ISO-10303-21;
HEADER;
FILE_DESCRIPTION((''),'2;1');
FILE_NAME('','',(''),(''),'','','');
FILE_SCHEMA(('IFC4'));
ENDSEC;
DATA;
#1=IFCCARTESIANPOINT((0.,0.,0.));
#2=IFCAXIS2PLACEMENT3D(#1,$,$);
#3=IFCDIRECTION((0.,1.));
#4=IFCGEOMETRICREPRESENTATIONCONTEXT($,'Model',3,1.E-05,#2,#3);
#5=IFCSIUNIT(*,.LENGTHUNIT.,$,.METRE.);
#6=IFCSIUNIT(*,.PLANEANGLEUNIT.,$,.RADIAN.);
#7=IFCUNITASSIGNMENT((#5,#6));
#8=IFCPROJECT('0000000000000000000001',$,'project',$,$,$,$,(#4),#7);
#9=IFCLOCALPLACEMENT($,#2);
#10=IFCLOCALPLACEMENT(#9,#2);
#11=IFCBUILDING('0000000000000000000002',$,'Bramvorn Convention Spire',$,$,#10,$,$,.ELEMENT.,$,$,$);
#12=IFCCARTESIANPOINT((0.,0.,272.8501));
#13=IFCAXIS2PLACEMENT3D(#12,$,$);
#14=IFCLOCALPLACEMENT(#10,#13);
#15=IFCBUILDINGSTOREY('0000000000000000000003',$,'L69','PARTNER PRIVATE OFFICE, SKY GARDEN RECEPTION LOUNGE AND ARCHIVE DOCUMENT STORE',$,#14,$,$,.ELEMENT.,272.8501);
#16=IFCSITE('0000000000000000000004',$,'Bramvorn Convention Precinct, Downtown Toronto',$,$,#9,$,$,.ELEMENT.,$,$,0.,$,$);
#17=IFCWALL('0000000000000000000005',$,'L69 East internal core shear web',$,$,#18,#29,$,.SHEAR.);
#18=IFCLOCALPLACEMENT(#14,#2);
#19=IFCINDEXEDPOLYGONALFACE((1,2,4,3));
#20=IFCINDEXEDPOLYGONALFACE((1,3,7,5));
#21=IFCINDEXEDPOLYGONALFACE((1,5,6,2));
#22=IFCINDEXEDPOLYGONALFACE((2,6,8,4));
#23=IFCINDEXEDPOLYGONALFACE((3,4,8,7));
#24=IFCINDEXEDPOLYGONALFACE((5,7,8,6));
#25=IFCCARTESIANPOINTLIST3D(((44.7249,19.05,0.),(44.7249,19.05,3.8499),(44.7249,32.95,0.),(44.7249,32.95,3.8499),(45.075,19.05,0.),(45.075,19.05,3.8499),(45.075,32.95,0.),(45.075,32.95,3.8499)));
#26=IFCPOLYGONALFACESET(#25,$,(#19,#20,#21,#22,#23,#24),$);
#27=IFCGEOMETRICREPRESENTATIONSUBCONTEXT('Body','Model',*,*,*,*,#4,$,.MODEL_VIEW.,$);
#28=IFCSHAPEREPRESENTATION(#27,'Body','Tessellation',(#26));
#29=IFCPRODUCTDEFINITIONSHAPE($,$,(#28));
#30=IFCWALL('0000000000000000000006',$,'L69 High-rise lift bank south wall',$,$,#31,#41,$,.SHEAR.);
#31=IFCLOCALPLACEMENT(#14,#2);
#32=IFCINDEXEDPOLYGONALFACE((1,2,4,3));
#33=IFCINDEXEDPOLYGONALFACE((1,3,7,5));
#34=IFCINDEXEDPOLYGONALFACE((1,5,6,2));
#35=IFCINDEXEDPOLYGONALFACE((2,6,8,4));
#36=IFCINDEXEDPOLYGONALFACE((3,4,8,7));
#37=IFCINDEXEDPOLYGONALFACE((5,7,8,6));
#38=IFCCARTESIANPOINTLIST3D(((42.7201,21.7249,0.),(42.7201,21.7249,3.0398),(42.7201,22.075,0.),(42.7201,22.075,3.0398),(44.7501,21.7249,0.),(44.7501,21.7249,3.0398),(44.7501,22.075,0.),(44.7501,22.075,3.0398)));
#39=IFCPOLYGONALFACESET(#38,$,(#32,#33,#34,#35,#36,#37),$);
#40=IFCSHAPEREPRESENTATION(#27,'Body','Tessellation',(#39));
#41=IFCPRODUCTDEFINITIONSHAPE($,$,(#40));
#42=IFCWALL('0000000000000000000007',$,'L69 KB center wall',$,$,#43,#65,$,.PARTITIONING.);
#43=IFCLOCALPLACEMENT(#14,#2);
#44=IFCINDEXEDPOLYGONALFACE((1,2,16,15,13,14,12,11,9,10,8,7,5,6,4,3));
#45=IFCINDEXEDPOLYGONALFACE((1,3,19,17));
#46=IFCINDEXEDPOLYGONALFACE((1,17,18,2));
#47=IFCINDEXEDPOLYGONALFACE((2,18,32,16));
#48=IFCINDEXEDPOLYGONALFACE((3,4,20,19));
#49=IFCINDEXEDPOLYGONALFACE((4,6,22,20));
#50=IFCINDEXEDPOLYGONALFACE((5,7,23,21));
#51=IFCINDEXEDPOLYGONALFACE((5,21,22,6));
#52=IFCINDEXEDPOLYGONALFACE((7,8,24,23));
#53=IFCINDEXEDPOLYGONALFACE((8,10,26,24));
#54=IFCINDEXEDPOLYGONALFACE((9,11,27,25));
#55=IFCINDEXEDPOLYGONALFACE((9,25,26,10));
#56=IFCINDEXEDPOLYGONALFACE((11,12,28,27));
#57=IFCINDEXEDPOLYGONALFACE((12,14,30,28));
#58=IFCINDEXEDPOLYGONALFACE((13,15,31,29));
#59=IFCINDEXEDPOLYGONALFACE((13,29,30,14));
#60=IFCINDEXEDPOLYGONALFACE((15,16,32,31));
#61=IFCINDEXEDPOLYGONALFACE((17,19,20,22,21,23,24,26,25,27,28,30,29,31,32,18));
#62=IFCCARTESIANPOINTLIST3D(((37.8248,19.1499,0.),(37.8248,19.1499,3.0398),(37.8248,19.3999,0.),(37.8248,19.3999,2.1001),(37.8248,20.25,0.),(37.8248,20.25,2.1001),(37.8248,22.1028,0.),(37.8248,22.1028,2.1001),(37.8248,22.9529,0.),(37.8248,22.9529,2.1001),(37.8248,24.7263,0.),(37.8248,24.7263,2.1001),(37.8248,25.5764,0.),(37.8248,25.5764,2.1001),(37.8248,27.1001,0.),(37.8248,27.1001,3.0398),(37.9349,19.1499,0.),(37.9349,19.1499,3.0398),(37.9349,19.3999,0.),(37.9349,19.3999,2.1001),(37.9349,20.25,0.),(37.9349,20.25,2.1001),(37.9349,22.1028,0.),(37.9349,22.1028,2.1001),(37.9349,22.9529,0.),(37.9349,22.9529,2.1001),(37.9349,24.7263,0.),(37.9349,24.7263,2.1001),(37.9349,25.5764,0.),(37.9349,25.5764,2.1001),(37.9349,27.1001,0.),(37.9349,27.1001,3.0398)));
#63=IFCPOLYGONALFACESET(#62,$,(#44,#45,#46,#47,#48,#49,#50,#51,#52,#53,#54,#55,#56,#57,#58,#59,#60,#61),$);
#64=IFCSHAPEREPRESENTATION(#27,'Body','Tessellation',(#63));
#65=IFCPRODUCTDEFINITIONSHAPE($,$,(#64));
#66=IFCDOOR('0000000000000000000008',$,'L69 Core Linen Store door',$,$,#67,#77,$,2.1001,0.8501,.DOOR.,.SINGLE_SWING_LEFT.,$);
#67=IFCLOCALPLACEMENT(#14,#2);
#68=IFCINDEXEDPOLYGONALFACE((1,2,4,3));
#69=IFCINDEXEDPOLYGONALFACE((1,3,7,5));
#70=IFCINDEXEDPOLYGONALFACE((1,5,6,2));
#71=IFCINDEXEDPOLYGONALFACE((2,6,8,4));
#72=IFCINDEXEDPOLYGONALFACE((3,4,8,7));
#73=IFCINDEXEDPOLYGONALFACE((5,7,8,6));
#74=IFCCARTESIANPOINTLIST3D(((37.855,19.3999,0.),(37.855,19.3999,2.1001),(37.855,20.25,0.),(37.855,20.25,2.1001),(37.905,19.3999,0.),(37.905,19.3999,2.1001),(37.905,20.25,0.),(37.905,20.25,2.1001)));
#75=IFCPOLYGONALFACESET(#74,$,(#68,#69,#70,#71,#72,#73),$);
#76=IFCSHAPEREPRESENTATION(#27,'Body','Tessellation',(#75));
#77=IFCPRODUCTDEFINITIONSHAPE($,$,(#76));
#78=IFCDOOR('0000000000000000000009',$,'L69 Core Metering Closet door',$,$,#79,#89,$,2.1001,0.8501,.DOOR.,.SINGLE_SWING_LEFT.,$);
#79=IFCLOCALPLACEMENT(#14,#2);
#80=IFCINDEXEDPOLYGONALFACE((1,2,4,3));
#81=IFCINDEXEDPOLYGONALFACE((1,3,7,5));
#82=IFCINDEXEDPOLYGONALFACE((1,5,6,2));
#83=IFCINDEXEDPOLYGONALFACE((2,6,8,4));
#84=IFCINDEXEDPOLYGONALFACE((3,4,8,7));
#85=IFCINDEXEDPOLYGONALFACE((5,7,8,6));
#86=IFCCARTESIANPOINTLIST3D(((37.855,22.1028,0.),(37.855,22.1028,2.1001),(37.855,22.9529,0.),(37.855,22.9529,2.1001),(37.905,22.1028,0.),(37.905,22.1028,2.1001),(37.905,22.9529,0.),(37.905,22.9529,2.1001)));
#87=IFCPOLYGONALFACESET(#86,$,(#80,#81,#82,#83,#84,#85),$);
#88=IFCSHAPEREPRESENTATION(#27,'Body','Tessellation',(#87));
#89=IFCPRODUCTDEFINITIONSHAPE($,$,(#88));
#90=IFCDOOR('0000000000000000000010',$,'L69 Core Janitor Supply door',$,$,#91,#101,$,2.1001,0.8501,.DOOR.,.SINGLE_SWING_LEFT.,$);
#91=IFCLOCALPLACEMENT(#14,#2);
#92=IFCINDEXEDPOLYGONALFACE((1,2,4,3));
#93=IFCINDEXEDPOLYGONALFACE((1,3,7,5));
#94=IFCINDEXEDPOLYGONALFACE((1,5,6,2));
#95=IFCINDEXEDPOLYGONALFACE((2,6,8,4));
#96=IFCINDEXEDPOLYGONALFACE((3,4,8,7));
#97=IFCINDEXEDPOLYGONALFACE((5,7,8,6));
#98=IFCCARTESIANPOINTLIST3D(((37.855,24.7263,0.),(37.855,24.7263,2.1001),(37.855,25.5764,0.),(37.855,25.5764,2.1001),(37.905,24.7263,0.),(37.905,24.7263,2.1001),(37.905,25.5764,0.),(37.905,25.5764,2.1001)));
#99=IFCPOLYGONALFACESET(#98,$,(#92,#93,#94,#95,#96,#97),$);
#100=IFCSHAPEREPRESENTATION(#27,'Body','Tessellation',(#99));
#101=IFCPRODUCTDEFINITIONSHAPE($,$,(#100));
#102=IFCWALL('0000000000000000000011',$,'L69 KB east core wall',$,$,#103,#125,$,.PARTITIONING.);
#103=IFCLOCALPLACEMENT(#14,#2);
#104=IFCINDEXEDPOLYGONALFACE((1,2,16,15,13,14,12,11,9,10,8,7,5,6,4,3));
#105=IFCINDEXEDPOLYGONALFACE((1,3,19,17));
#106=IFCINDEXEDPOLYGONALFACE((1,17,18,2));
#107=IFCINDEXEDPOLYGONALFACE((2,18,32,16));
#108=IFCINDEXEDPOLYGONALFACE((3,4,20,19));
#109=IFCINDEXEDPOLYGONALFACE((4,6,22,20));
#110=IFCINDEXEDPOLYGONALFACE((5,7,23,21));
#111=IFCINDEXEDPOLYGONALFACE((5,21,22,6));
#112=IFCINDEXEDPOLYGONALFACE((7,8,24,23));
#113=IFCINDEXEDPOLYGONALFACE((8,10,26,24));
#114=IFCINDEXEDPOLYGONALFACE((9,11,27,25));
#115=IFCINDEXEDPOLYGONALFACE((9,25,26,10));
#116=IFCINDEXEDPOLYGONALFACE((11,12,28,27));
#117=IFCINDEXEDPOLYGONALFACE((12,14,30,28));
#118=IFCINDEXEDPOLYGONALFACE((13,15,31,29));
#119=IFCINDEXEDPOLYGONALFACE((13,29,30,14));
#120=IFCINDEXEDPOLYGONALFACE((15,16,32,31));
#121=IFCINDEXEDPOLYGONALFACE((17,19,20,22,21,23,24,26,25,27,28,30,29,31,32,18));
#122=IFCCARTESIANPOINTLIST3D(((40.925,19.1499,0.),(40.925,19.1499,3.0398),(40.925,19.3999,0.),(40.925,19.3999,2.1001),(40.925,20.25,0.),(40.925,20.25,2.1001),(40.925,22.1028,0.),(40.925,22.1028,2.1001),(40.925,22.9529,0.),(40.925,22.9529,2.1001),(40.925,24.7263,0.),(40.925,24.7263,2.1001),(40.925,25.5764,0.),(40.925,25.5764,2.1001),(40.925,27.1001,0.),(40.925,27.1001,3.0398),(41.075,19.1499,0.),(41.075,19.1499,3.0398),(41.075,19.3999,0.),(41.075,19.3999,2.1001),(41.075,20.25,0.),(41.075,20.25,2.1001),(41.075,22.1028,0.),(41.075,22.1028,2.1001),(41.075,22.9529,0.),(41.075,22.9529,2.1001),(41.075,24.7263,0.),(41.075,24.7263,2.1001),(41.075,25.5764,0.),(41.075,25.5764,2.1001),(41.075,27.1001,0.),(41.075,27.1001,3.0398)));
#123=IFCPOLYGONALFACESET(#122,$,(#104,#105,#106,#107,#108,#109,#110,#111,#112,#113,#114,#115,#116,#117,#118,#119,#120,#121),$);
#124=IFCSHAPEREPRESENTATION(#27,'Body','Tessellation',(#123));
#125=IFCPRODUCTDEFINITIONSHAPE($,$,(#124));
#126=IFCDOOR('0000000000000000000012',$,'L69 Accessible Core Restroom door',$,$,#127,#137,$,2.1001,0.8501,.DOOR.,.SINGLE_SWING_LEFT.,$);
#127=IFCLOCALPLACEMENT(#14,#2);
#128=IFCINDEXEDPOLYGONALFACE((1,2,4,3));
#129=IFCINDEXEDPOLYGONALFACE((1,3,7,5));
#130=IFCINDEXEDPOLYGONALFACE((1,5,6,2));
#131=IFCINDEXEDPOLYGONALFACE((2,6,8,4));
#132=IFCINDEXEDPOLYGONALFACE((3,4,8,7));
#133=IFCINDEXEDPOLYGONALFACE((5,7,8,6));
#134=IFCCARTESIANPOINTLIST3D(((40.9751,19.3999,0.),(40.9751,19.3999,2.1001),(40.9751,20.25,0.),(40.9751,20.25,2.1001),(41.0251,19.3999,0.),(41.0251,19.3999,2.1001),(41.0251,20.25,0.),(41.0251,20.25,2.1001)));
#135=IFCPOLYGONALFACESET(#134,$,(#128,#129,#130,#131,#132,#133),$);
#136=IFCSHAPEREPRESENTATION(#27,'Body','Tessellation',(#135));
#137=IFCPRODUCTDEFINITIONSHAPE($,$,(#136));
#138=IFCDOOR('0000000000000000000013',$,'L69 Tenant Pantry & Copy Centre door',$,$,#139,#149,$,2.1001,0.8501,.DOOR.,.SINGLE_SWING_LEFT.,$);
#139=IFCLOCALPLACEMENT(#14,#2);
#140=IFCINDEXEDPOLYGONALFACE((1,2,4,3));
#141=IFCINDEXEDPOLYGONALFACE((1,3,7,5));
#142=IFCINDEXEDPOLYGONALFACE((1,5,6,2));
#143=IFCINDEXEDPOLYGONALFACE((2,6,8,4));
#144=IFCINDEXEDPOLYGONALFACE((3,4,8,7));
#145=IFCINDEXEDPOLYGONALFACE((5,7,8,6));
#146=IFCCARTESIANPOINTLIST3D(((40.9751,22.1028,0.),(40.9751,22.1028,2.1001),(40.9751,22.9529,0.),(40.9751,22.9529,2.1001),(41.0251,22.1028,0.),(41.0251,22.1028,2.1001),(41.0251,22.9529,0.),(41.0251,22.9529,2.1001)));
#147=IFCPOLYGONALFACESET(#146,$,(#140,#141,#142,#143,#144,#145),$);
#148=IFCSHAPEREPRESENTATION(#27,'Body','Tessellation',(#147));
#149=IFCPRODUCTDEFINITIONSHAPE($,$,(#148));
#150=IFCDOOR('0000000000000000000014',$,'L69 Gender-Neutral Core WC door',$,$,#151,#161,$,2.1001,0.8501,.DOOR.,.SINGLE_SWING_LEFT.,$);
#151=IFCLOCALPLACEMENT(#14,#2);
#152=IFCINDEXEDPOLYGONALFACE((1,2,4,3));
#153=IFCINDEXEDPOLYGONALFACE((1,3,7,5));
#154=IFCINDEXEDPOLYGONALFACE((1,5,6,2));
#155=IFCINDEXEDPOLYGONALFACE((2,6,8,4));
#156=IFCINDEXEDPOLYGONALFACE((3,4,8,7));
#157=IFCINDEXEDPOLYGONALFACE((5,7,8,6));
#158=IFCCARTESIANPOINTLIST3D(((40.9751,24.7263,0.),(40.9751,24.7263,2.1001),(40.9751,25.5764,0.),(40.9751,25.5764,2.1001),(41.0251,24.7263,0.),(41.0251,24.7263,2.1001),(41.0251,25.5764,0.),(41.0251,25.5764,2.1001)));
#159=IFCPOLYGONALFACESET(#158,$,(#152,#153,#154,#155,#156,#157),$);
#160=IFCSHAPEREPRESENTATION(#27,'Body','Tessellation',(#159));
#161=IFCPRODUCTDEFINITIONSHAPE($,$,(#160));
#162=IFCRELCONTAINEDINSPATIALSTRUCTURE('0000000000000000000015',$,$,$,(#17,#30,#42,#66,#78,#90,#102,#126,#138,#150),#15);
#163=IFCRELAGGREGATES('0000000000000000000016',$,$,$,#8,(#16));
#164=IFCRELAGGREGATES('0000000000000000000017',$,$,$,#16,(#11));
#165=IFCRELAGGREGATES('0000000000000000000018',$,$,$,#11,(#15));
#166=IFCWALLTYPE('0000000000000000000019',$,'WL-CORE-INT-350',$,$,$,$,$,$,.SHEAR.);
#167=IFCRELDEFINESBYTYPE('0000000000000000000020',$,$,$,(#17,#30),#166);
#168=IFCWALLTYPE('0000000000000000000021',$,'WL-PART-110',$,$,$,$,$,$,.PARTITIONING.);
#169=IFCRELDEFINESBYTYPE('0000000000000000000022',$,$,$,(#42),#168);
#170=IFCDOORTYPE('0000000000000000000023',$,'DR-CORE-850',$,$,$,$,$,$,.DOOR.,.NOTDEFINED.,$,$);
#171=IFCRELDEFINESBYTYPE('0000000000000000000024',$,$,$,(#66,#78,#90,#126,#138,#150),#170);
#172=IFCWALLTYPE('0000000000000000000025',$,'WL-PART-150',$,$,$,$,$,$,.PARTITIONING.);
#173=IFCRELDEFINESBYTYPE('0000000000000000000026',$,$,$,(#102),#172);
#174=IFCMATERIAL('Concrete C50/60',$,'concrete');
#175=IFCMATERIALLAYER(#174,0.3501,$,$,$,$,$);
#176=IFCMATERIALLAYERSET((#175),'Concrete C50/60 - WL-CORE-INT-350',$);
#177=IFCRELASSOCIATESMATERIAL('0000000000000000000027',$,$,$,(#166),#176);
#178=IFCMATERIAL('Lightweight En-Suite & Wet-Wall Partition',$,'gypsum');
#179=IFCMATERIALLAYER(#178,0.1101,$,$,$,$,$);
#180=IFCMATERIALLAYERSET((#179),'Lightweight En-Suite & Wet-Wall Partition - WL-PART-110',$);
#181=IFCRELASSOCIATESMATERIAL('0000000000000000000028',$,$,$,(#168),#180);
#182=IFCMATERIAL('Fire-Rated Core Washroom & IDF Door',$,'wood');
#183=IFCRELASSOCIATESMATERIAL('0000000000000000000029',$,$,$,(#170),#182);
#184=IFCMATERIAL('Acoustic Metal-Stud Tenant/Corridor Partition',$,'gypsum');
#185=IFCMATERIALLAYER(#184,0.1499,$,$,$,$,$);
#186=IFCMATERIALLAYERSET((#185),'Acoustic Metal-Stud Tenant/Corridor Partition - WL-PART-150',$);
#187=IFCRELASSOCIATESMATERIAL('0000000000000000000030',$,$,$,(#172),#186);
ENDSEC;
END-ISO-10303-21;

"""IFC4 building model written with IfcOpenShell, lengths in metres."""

from ifc_helpers import new_model, si_unit, direction, frame, frame_2d, origin, place, context, subcontext, project, spatial, rectangle, extrude, material, layer, layer_set, type_object, element, fill, save


model = new_model("IFC4")

# Units and contexts
model_context = context("Model", 3, precision=1e-05, world=origin(), true_north=direction((0.0, 1.0)))
body_context = subcontext(model_context, "Body", "Model", "MODEL_VIEW")
ifc_project = project(units=[si_unit("LENGTHUNIT", "METRE"), si_unit("PLANEANGLEUNIT", "RADIAN")], contexts=[model_context])

# Site, building, storey
site_placement = place(None, origin())
site = spatial("IfcSite", under=ifc_project, at=site_placement, Name="Bramvorn Convention Precinct, Downtown Toronto", CompositionType="ELEMENT", RefElevation=0.0)
building_placement = place(site_placement, origin())
building = spatial("IfcBuilding", under=site, at=building_placement, Name="Bramvorn Convention Spire", CompositionType="ELEMENT")
storey_placement = place(building_placement, frame((0.0, 0.0, 272.8501)))
storey = spatial("IfcBuildingStorey", under=building, at=storey_placement, Name="L69", Description="PARTNER PRIVATE OFFICE, SKY GARDEN RECEPTION LOUNGE AND ARCHIVE DOCUMENT STORE", CompositionType="ELEMENT", Elevation=272.8501)

# Shared definitions
ifc_material_1 = material(Name="Concrete C50/60", Category="concrete")

# Wall
ifc_layer_1 = layer(ifc_material_1, 0.3501)
ifc_layer_set_1 = layer_set([ifc_layer_1], Name="Concrete C50/60 - WL-CORE-INT-350")
wall_type_1 = type_object("IfcWallType", Name="WL-CORE-INT-350", PredefinedType="SHEAR", material=ifc_layer_set_1)
wall_1_placement = place(storey_placement, frame((44.8999, 19.05, 0.0), z_axis=(0.0, 0.0, 1.0), x_axis=(0.0, 1.0, 0.0)))
element("IfcWall", 1, at=wall_1_placement, inside=storey, type_object=wall_type_1, Name="L69 East internal core shear web", PredefinedType="SHEAR", context=body_context, shape_type="SweptSolid", body=[
    extrude(rectangle(XDim=13.8999, YDim=0.3501, at=frame_2d((6.95, 0.0))), origin(), (0.0, 0.0, 1.0), 3.8499),
])

# Wall
wall_2_placement = place(storey_placement, frame((42.72, 21.8999, 0.0), z_axis=(0.0, 0.0, 1.0), x_axis=(1.0, 0.0, 0.0)))
element("IfcWall", 2, at=wall_2_placement, inside=storey, type_object=wall_type_1, Name="L69 High-rise lift bank south wall", PredefinedType="SHEAR", context=body_context, shape_type="SweptSolid", body=[
    extrude(rectangle(XDim=2.03, YDim=0.3501, at=frame_2d((1.0151, 0.0))), origin(), (0.0, 0.0, 1.0), 3.0398),
])

# Walls, openings, doors
ifc_material_2 = material(Name="Lightweight En-Suite & Wet-Wall Partition", Category="gypsum")
ifc_layer_2 = layer(ifc_material_2, 0.1101)
ifc_layer_set_2 = layer_set([ifc_layer_2], Name="Lightweight En-Suite & Wet-Wall Partition - WL-PART-110")
wall_type_2 = type_object("IfcWallType", Name="WL-PART-110", PredefinedType="PARTITIONING", material=ifc_layer_set_2)
wall_3_placement = place(storey_placement, frame((37.8799, 19.1499, 0.0), z_axis=(0.0, 0.0, 1.0), x_axis=(0.0, 1.0, 0.0)))
wall_3 = element("IfcWall", 3, at=wall_3_placement, inside=storey, type_object=wall_type_2, Name="L69 KB center wall", PredefinedType="PARTITIONING", context=body_context, shape_type="SweptSolid", body=[
    extrude(rectangle(XDim=7.9502, YDim=0.1101, at=frame_2d((3.9751, 0.0))), origin(), (0.0, 0.0, 1.0), 3.0398),
])
opening_1_placement = place(wall_3_placement, frame((0.25, 0.0, 0.0)))
opening_1 = element("IfcOpeningElement", 4, at=opening_1_placement, cuts=wall_3, PredefinedType="OPENING", context=body_context, shape_type="SweptSolid", body=[
    extrude(rectangle(XDim=0.8501, YDim=2.1001, at=frame_2d((0.425, 1.05))), frame((0.0, 0.0649, 0.0), z_axis=(0.0, -1.0, 0.0), x_axis=(1.0, 0.0, 0.0)), (0.0, 0.0, 1.0), 0.1301),
])
opening_2_placement = place(wall_3_placement, frame((2.9529, 0.0, 0.0)))
opening_2 = element("IfcOpeningElement", 5, at=opening_2_placement, cuts=wall_3, PredefinedType="OPENING", context=body_context, shape_type="SweptSolid", body=[
    extrude(rectangle(XDim=0.8501, YDim=2.1001, at=frame_2d((0.425, 1.05))), frame((0.0, 0.0649, 0.0), z_axis=(0.0, -1.0, 0.0), x_axis=(1.0, 0.0, 0.0)), (0.0, 0.0, 1.0), 0.1301),
])
opening_3_placement = place(wall_3_placement, frame((5.5764, 0.0, 0.0)))
opening_3 = element("IfcOpeningElement", 6, at=opening_3_placement, cuts=wall_3, PredefinedType="OPENING", context=body_context, shape_type="SweptSolid", body=[
    extrude(rectangle(XDim=0.8501, YDim=2.1001, at=frame_2d((0.425, 1.05))), frame((0.0, 0.0649, 0.0), z_axis=(0.0, -1.0, 0.0), x_axis=(1.0, 0.0, 0.0)), (0.0, 0.0, 1.0), 0.1301),
])
ifc_material_3 = material(Name="Fire-Rated Core Washroom & IDF Door", Category="wood")
door_type_1 = type_object("IfcDoorType", Name="DR-CORE-850", OperationType="NOTDEFINED", PredefinedType="DOOR", material=ifc_material_3)
door_1_placement = place(opening_1_placement, origin())
door_1 = element("IfcDoor", 7, at=door_1_placement, inside=storey, type_object=door_type_1, Name="L69 Core Linen Store door", OperationType="SINGLE_SWING_LEFT", OverallHeight=2.1001, OverallWidth=0.8501, PredefinedType="DOOR", context=body_context, shape_type="SweptSolid", body=[
    extrude(rectangle(XDim=0.8501, YDim=2.1001, at=frame_2d((0.425, 1.05))), frame((0.0, 0.0249, 0.0), z_axis=(0.0, -1.0, 0.0), x_axis=(1.0, 0.0, 0.0)), (0.0, 0.0, 1.0), 0.05),
])
fill(opening_1, door_1)
door_2_placement = place(opening_2_placement, origin())
door_2 = element("IfcDoor", 8, at=door_2_placement, inside=storey, type_object=door_type_1, Name="L69 Core Metering Closet door", OperationType="SINGLE_SWING_LEFT", OverallHeight=2.1001, OverallWidth=0.8501, PredefinedType="DOOR", context=body_context, shape_type="SweptSolid", body=[
    extrude(rectangle(XDim=0.8501, YDim=2.1001, at=frame_2d((0.425, 1.05))), frame((0.0, 0.0249, 0.0), z_axis=(0.0, -1.0, 0.0), x_axis=(1.0, 0.0, 0.0)), (0.0, 0.0, 1.0), 0.05),
])
fill(opening_2, door_2)
door_3_placement = place(opening_3_placement, origin())
door_3 = element("IfcDoor", 9, at=door_3_placement, inside=storey, type_object=door_type_1, Name="L69 Core Janitor Supply door", OperationType="SINGLE_SWING_LEFT", OverallHeight=2.1001, OverallWidth=0.8501, PredefinedType="DOOR", context=body_context, shape_type="SweptSolid", body=[
    extrude(rectangle(XDim=0.8501, YDim=2.1001, at=frame_2d((0.425, 1.05))), frame((0.0, 0.0249, 0.0), z_axis=(0.0, -1.0, 0.0), x_axis=(1.0, 0.0, 0.0)), (0.0, 0.0, 1.0), 0.05),
])
fill(opening_3, door_3)
ifc_material_4 = material(Name="Acoustic Metal-Stud Tenant/Corridor Partition", Category="gypsum")
ifc_layer_3 = layer(ifc_material_4, 0.1499)
ifc_layer_set_3 = layer_set([ifc_layer_3], Name="Acoustic Metal-Stud Tenant/Corridor Partition - WL-PART-150")
wall_type_3 = type_object("IfcWallType", Name="WL-PART-150", PredefinedType="PARTITIONING", material=ifc_layer_set_3)
wall_4_placement = place(storey_placement, frame((41.0, 19.1499, 0.0), z_axis=(0.0, 0.0, 1.0), x_axis=(0.0, 1.0, 0.0)))
wall_4 = element("IfcWall", 10, at=wall_4_placement, inside=storey, type_object=wall_type_3, Name="L69 KB east core wall", PredefinedType="PARTITIONING", context=body_context, shape_type="SweptSolid", body=[
    extrude(rectangle(XDim=7.9502, YDim=0.1499, at=frame_2d((3.9751, 0.0))), origin(), (0.0, 0.0, 1.0), 3.0398),
])
opening_4_placement = place(wall_4_placement, frame((0.25, 0.0, 0.0)))
opening_4 = element("IfcOpeningElement", 11, at=opening_4_placement, cuts=wall_4, PredefinedType="OPENING", context=body_context, shape_type="SweptSolid", body=[
    extrude(rectangle(XDim=0.8501, YDim=2.1001, at=frame_2d((0.425, 1.05))), frame((0.0, 0.085, 0.0), z_axis=(0.0, -1.0, 0.0), x_axis=(1.0, 0.0, 0.0)), (0.0, 0.0, 1.0), 0.1699),
])
opening_5_placement = place(wall_4_placement, frame((2.9529, 0.0, 0.0)))
opening_5 = element("IfcOpeningElement", 12, at=opening_5_placement, cuts=wall_4, PredefinedType="OPENING", context=body_context, shape_type="SweptSolid", body=[
    extrude(rectangle(XDim=0.8501, YDim=2.1001, at=frame_2d((0.425, 1.05))), frame((0.0, 0.085, 0.0), z_axis=(0.0, -1.0, 0.0), x_axis=(1.0, 0.0, 0.0)), (0.0, 0.0, 1.0), 0.1699),
])
opening_6_placement = place(wall_4_placement, frame((5.5764, 0.0, 0.0)))
opening_6 = element("IfcOpeningElement", 13, at=opening_6_placement, cuts=wall_4, PredefinedType="OPENING", context=body_context, shape_type="SweptSolid", body=[
    extrude(rectangle(XDim=0.8501, YDim=2.1001, at=frame_2d((0.425, 1.05))), frame((0.0, 0.085, 0.0), z_axis=(0.0, -1.0, 0.0), x_axis=(1.0, 0.0, 0.0)), (0.0, 0.0, 1.0), 0.1699),
])
door_4_placement = place(opening_4_placement, origin())
door_4 = element("IfcDoor", 14, at=door_4_placement, inside=storey, type_object=door_type_1, Name="L69 Accessible Core Restroom door", OperationType="SINGLE_SWING_LEFT", OverallHeight=2.1001, OverallWidth=0.8501, PredefinedType="DOOR", context=body_context, shape_type="SweptSolid", body=[
    extrude(rectangle(XDim=0.8501, YDim=2.1001, at=frame_2d((0.425, 1.05))), frame((0.0, 0.0249, 0.0), z_axis=(0.0, -1.0, 0.0), x_axis=(1.0, 0.0, 0.0)), (0.0, 0.0, 1.0), 0.05),
])
fill(opening_4, door_4)
door_5_placement = place(opening_5_placement, origin())
door_5 = element("IfcDoor", 15, at=door_5_placement, inside=storey, type_object=door_type_1, Name="L69 Tenant Pantry & Copy Centre door", OperationType="SINGLE_SWING_LEFT", OverallHeight=2.1001, OverallWidth=0.8501, PredefinedType="DOOR", context=body_context, shape_type="SweptSolid", body=[
    extrude(rectangle(XDim=0.8501, YDim=2.1001, at=frame_2d((0.425, 1.05))), frame((0.0, 0.0249, 0.0), z_axis=(0.0, -1.0, 0.0), x_axis=(1.0, 0.0, 0.0)), (0.0, 0.0, 1.0), 0.05),
])
fill(opening_5, door_5)
door_6_placement = place(opening_6_placement, origin())
door_6 = element("IfcDoor", 16, at=door_6_placement, inside=storey, type_object=door_type_1, Name="L69 Gender-Neutral Core WC door", OperationType="SINGLE_SWING_LEFT", OverallHeight=2.1001, OverallWidth=0.8501, PredefinedType="DOOR", context=body_context, shape_type="SweptSolid", body=[
    extrude(rectangle(XDim=0.8501, YDim=2.1001, at=frame_2d((0.425, 1.05))), frame((0.0, 0.0249, 0.0), z_axis=(0.0, -1.0, 0.0), x_axis=(1.0, 0.0, 0.0)), (0.0, 0.0, 1.0), 0.05),
])
fill(opening_6, door_6)

save(model, "model.ifc")
